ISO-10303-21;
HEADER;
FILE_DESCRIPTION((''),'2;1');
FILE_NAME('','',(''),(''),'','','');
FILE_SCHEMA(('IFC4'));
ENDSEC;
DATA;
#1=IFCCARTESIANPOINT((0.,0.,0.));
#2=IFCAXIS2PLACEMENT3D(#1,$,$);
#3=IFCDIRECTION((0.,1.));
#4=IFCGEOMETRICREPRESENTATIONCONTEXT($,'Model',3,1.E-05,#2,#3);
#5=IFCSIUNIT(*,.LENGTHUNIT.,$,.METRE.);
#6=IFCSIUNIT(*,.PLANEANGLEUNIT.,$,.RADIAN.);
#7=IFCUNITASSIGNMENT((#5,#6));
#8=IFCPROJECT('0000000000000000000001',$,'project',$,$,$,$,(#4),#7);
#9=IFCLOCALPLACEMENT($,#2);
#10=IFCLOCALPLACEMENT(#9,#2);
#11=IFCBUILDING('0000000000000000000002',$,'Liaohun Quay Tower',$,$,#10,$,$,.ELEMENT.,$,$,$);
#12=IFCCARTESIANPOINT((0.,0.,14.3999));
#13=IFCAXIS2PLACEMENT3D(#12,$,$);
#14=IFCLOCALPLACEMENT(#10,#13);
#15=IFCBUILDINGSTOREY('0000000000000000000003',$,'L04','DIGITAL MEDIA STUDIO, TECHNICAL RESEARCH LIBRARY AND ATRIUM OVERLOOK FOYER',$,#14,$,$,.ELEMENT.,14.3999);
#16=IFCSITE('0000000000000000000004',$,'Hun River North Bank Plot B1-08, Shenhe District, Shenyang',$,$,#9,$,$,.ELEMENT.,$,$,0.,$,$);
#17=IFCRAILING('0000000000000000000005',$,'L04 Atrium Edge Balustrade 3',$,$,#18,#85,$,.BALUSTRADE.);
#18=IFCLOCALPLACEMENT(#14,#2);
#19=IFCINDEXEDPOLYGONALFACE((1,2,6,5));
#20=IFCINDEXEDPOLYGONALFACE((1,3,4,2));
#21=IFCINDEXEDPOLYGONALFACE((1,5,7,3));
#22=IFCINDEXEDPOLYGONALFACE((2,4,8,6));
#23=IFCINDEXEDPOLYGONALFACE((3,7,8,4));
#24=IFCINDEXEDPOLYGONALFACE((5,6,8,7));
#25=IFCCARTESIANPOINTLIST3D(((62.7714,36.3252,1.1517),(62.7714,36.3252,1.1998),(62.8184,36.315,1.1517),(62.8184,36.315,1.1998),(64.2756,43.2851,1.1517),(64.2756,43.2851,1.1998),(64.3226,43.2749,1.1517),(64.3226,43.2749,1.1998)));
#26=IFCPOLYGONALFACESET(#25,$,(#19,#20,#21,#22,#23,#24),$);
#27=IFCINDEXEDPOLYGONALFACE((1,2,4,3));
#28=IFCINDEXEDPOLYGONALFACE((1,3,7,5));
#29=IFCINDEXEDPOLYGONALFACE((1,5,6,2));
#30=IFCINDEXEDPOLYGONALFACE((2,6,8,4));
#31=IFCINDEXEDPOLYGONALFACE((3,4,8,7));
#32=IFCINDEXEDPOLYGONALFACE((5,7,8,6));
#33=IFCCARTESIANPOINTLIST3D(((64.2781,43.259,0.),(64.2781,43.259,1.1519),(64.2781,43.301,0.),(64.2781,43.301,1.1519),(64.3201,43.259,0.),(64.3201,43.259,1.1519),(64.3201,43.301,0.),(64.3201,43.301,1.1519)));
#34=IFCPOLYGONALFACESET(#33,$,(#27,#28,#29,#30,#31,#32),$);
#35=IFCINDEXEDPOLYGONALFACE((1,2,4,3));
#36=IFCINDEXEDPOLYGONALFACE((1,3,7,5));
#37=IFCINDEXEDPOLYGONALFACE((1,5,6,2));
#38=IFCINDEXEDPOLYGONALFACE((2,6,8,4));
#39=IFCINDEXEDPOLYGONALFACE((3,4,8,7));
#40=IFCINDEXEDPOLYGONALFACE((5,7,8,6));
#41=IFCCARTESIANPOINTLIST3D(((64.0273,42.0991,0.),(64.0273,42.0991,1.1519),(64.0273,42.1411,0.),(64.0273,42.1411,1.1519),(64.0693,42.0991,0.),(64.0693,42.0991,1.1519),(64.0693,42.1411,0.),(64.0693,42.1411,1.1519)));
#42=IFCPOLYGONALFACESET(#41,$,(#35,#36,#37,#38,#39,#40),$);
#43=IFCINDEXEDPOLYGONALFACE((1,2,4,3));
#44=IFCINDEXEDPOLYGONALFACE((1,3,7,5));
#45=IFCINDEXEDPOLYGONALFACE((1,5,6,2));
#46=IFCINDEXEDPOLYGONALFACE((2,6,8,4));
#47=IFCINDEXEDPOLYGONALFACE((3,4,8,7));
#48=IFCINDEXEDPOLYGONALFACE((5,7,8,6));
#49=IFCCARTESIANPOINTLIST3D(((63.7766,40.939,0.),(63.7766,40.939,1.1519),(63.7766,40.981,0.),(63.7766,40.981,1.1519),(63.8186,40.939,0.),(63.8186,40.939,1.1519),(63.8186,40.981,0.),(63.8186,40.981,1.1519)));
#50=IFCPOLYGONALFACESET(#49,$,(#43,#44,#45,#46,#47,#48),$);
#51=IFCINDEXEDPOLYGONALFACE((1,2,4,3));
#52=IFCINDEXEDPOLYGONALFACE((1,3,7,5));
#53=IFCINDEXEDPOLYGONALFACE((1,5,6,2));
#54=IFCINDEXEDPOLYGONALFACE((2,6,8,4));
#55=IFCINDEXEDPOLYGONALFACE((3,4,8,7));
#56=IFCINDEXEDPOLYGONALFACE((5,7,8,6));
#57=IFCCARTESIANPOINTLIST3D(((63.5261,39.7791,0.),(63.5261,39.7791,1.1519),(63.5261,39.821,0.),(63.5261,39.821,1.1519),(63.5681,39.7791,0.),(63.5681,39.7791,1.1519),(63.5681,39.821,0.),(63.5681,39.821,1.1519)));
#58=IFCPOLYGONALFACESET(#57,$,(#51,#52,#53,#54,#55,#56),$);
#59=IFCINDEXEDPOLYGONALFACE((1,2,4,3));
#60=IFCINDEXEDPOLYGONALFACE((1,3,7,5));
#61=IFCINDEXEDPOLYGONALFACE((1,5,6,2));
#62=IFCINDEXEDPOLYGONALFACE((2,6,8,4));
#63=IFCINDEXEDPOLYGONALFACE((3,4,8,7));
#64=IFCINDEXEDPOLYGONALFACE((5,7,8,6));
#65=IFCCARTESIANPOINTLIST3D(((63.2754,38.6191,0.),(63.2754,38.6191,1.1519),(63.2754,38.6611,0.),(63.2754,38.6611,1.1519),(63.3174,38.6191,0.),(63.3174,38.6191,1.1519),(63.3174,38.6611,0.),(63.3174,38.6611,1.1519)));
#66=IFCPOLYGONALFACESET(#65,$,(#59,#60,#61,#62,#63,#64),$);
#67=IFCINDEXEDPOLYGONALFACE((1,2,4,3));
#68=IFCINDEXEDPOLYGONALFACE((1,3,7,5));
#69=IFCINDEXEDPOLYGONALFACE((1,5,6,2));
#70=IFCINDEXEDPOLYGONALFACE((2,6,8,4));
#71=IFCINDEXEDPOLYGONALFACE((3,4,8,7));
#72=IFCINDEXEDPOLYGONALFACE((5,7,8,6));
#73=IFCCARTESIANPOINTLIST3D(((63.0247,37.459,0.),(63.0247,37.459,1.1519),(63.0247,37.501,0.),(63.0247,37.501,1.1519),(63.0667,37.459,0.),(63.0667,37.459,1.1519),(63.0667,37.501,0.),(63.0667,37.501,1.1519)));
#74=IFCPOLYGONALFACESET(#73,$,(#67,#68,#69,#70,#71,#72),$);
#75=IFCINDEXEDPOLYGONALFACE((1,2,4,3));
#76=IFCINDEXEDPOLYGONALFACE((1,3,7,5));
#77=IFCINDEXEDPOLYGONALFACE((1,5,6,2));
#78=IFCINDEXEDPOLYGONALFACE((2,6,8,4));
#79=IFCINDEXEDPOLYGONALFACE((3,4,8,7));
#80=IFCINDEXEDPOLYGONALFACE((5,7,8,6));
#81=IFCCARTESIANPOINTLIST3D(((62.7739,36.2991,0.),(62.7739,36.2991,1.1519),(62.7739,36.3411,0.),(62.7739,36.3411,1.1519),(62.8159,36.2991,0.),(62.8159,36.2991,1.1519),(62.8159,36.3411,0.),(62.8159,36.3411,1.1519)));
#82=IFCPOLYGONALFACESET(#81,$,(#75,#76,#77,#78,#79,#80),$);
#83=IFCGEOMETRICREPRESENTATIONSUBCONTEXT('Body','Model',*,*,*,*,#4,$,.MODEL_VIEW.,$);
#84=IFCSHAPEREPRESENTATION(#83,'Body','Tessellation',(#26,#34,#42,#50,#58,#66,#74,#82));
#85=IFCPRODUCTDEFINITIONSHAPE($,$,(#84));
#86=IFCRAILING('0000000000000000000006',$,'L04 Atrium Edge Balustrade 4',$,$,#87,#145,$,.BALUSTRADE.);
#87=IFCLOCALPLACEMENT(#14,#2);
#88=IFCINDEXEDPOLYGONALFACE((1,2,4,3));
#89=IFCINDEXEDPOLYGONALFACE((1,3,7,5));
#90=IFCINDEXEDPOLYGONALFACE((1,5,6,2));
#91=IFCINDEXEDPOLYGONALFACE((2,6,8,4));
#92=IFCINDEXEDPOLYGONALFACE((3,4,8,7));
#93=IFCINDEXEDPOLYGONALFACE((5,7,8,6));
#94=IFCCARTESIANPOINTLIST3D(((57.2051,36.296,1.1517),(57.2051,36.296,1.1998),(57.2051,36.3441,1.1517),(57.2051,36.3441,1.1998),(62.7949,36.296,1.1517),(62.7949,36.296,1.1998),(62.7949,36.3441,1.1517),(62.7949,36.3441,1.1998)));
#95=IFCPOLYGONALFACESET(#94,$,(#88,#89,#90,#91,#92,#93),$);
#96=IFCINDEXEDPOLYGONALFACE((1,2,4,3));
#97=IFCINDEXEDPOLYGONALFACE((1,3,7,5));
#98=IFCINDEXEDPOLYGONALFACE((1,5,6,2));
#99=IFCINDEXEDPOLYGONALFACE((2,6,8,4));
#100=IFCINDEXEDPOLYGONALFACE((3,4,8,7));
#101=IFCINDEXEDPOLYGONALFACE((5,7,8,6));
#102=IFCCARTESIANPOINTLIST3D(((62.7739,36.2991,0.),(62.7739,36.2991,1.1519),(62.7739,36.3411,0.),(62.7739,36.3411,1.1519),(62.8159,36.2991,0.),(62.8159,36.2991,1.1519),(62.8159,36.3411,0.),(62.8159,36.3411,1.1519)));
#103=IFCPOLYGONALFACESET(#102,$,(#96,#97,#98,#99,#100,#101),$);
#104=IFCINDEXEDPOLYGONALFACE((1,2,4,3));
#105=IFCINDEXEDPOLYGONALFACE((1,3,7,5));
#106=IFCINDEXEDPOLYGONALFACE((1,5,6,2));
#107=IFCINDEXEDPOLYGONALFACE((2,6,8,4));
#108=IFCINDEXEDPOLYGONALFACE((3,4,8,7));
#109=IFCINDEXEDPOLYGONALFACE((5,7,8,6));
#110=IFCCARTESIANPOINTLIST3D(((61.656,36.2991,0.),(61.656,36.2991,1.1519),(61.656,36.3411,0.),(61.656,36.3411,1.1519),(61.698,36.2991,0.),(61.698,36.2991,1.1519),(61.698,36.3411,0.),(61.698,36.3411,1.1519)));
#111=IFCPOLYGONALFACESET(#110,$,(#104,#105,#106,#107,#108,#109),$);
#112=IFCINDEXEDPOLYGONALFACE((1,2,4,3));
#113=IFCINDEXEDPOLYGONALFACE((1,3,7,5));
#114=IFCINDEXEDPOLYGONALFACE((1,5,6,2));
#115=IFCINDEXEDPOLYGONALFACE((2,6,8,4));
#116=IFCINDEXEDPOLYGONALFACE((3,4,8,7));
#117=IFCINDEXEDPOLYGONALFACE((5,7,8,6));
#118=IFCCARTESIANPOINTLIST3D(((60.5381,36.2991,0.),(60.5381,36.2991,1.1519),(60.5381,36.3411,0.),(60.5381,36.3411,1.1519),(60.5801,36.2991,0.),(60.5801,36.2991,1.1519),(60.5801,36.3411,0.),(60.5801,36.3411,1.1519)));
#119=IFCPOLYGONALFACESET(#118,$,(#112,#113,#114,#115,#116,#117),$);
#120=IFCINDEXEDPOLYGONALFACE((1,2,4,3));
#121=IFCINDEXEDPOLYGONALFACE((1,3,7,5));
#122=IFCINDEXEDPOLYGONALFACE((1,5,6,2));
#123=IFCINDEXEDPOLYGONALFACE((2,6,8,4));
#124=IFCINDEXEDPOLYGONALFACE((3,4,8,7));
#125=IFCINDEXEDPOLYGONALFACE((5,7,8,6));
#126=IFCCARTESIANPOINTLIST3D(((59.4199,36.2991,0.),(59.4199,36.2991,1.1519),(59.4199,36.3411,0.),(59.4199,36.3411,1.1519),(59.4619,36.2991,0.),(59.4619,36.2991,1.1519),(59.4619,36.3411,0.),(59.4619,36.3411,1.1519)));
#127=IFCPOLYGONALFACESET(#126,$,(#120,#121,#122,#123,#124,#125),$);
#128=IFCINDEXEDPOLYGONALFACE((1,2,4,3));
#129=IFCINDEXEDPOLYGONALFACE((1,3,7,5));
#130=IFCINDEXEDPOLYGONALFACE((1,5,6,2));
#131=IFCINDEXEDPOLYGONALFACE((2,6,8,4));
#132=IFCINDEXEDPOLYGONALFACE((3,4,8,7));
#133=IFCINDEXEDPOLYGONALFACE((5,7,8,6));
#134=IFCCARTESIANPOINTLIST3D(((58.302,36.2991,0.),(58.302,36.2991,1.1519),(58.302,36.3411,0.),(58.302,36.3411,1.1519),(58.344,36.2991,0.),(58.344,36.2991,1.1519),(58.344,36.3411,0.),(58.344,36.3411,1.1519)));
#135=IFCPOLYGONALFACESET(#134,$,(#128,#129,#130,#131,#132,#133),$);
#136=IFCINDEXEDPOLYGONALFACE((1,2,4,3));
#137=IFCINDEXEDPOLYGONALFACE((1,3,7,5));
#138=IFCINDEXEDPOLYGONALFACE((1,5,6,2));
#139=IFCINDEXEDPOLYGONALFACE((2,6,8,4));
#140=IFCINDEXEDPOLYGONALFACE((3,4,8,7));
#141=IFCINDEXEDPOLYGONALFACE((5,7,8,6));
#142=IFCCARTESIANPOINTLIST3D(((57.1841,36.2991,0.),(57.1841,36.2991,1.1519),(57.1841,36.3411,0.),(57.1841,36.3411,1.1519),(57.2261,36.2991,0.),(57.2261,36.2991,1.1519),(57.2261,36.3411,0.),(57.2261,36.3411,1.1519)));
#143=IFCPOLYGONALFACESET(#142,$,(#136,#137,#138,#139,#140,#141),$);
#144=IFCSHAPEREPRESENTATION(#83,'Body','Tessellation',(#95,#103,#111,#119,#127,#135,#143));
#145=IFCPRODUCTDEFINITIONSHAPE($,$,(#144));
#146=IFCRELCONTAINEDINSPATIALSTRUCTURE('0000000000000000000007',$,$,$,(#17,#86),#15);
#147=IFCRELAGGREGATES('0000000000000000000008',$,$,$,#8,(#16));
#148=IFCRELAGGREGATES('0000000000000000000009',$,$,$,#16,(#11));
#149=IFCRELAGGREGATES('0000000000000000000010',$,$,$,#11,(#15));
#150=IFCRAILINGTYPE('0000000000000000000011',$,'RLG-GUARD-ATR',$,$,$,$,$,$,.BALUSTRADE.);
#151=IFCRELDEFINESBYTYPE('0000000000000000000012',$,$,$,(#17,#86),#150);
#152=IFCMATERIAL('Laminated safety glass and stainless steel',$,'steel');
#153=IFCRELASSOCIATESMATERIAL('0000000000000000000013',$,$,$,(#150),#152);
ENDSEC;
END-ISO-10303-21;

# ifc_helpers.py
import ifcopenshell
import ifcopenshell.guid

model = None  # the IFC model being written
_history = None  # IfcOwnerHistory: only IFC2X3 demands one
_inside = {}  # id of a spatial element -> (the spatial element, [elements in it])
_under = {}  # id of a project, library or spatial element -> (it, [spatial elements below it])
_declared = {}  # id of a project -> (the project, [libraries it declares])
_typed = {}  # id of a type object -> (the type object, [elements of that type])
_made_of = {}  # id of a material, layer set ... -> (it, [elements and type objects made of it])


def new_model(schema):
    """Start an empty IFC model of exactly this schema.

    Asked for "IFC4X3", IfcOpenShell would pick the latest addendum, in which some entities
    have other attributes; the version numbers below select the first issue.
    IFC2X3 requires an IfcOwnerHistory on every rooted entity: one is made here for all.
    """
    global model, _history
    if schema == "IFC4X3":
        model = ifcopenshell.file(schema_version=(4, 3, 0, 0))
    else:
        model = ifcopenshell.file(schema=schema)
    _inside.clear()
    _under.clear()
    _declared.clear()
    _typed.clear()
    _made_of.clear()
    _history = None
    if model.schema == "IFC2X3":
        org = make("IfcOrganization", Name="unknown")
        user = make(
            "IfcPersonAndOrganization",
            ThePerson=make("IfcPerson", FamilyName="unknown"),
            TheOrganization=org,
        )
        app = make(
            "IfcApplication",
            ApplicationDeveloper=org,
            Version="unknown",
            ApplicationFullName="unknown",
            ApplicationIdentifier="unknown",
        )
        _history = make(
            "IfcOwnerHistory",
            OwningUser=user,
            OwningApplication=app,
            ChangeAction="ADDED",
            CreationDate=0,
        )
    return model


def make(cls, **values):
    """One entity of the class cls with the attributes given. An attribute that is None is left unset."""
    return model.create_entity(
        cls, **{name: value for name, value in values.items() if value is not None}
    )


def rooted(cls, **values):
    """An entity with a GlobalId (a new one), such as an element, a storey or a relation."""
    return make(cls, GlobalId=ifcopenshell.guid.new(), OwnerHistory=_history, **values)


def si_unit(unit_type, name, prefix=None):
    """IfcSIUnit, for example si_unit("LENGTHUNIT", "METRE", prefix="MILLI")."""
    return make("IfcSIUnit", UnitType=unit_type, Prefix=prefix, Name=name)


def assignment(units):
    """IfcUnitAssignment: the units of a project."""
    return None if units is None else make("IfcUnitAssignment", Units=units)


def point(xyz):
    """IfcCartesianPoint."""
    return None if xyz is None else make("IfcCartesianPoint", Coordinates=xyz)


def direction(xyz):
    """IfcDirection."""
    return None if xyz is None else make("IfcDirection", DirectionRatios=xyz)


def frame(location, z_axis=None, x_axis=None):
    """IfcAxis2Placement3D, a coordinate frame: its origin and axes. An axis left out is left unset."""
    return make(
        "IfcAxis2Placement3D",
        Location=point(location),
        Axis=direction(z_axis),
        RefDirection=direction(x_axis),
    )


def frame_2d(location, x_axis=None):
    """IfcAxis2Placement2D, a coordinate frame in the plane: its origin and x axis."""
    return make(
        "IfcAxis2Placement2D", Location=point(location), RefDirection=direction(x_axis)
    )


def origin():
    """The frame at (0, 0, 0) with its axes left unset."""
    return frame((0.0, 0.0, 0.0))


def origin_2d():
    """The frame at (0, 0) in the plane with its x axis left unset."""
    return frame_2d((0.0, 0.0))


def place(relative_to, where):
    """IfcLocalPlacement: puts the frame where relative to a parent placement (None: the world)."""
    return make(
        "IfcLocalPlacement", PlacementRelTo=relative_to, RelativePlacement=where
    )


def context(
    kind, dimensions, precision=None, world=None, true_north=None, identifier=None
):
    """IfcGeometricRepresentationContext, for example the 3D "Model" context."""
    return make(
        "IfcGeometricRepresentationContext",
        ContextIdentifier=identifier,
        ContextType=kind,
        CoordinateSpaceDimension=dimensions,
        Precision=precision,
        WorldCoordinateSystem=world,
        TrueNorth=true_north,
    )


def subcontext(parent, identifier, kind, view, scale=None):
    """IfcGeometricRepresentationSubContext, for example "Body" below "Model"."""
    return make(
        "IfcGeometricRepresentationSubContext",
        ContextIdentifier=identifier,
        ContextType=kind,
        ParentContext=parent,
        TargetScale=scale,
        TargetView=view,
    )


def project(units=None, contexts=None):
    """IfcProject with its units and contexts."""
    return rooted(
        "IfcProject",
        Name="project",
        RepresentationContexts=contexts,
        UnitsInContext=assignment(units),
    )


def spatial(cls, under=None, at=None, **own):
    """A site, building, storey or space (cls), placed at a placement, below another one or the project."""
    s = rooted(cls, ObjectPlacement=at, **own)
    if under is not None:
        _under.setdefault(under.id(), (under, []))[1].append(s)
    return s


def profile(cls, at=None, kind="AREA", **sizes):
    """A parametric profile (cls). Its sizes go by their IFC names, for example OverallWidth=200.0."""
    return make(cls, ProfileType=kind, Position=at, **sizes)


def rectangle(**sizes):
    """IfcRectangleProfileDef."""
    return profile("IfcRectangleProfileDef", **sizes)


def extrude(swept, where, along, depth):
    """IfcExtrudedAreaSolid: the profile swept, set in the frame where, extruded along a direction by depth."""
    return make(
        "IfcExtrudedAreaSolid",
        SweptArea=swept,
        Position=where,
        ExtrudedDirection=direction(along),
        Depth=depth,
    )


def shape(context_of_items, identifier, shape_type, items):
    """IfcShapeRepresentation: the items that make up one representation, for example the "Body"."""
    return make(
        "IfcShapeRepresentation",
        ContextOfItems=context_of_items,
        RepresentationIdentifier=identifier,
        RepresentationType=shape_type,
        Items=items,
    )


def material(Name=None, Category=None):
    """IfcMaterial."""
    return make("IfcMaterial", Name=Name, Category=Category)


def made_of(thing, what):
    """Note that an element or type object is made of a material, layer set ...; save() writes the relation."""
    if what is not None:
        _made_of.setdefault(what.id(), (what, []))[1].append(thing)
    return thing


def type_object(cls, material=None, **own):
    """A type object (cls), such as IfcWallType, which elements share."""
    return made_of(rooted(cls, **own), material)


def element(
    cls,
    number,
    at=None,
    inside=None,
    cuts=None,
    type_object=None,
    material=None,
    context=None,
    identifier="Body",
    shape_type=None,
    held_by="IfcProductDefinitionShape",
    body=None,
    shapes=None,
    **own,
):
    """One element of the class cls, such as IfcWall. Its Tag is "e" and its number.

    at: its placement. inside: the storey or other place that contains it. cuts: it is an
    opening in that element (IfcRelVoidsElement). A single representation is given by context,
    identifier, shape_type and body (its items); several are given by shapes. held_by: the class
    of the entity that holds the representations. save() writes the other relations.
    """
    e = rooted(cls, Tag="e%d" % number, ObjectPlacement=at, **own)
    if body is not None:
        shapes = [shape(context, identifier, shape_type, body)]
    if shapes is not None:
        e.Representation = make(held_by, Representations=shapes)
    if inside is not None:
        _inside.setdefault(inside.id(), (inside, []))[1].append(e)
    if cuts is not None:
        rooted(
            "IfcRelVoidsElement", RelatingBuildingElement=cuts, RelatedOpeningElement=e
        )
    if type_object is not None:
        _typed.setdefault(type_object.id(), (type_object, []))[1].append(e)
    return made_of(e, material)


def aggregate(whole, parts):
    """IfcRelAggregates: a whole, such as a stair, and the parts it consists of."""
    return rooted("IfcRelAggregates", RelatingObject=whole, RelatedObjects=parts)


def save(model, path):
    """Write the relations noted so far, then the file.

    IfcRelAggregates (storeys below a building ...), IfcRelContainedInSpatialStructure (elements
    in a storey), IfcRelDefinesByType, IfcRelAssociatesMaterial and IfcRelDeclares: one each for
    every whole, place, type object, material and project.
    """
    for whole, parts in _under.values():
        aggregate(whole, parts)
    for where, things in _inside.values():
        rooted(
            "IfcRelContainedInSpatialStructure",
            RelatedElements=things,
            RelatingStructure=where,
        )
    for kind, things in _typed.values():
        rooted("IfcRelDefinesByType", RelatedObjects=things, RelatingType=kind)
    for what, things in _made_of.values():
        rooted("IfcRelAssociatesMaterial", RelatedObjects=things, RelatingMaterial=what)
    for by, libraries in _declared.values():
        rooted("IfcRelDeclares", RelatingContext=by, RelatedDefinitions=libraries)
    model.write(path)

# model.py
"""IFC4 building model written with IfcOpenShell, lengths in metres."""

from ifc_helpers import new_model, si_unit, direction, frame, origin, origin_2d, place, context, subcontext, project, spatial, rectangle, extrude, material, type_object, element, save


model = new_model("IFC4")

# Units and contexts
model_context = context("Model", 3, precision=1e-05, world=origin(), true_north=direction((0.0, 1.0)))
body_context = subcontext(model_context, "Body", "Model", "MODEL_VIEW")
ifc_project = project(units=[si_unit("LENGTHUNIT", "METRE"), si_unit("PLANEANGLEUNIT", "RADIAN")], contexts=[model_context])

# Site, building, storey
site_placement = place(None, origin())
site = spatial("IfcSite", under=ifc_project, at=site_placement, Name="Hun River North Bank Plot B1-08, Shenhe District, Shenyang", CompositionType="ELEMENT", RefElevation=0.0)
building_placement = place(site_placement, origin())
building = spatial("IfcBuilding", under=site, at=building_placement, Name="Liaohun Quay Tower", CompositionType="ELEMENT")
storey_placement = place(building_placement, frame((0.0, 0.0, 14.3999)))
storey = spatial("IfcBuildingStorey", under=building, at=storey_placement, Name="L04", Description="DIGITAL MEDIA STUDIO, TECHNICAL RESEARCH LIBRARY AND ATRIUM OVERLOOK FOYER", CompositionType="ELEMENT", Elevation=14.3999)

# Railings
ifc_material_1 = material(Name="Laminated safety glass and stainless steel", Category="steel")
railing_type = type_object("IfcRailingType", Name="RLG-GUARD-ATR", PredefinedType="BALUSTRADE", material=ifc_material_1)
railing_1_placement = place(storey_placement, frame((64.2991, 43.28, 0.0)))
element("IfcRailing", 1, at=railing_1_placement, inside=storey, type_object=railing_type, Name="L04 Atrium Edge Balustrade 3", PredefinedType="BALUSTRADE", context=body_context, shape_type="SweptSolid", body=[
    extrude(rectangle(XDim=0.0481, YDim=0.0481, at=origin_2d()), frame((0.0, 0.0, 1.1758), z_axis=(-0.211238, -0.977435, 0.0), x_axis=(0.977435, -0.211238, 0.0)), (0.0, 0.0, 1.0), 7.1206),
    extrude(rectangle(XDim=0.042, YDim=0.042, at=origin_2d()), origin(), (0.0, 0.0, 1.0), 1.1519),
    extrude(rectangle(XDim=0.042, YDim=0.042, at=origin_2d()), frame((-0.2507, -1.1599, 0.0)), (0.0, 0.0, 1.0), 1.1519),
    extrude(rectangle(XDim=0.042, YDim=0.042, at=origin_2d()), frame((-0.5015, -2.3201, 0.0)), (0.0, 0.0, 1.0), 1.1519),
    extrude(rectangle(XDim=0.042, YDim=0.042, at=origin_2d()), frame((-0.752, -3.48, 0.0)), (0.0, 0.0, 1.0), 1.1519),
    extrude(rectangle(XDim=0.042, YDim=0.042, at=origin_2d()), frame((-1.0027, -4.6399, 0.0)), (0.0, 0.0, 1.0), 1.1519),
    extrude(rectangle(XDim=0.042, YDim=0.042, at=origin_2d()), frame((-1.2534, -5.8, 0.0)), (0.0, 0.0, 1.0), 1.1519),
    extrude(rectangle(XDim=0.042, YDim=0.042, at=origin_2d()), frame((-1.5042, -6.96, 0.0)), (0.0, 0.0, 1.0), 1.1519),
])
railing_2_placement = place(storey_placement, frame((62.7949, 36.3201, 0.0)))
element("IfcRailing", 2, at=railing_2_placement, inside=storey, type_object=railing_type, Name="L04 Atrium Edge Balustrade 4", PredefinedType="BALUSTRADE", context=body_context, shape_type="SweptSolid", body=[
    extrude(rectangle(XDim=0.0481, YDim=0.0481, at=origin_2d()), frame((0.0, 0.0, 1.1758), z_axis=(-1.0, 0.0, 0.0), x_axis=(0.0, -1.0, 0.0)), (0.0, 0.0, 1.0), 5.5898),
    extrude(rectangle(XDim=0.042, YDim=0.042, at=origin_2d()), origin(), (0.0, 0.0, 1.0), 1.1519),
    extrude(rectangle(XDim=0.042, YDim=0.042, at=origin_2d()), frame((-1.1179, 0.0, 0.0)), (0.0, 0.0, 1.0), 1.1519),
    extrude(rectangle(XDim=0.042, YDim=0.042, at=origin_2d()), frame((-2.2358, 0.0, 0.0)), (0.0, 0.0, 1.0), 1.1519),
    extrude(rectangle(XDim=0.042, YDim=0.042, at=origin_2d()), frame((-3.354, 0.0, 0.0)), (0.0, 0.0, 1.0), 1.1519),
    extrude(rectangle(XDim=0.042, YDim=0.042, at=origin_2d()), frame((-4.4719, 0.0, 0.0)), (0.0, 0.0, 1.0), 1.1519),
    extrude(rectangle(XDim=0.042, YDim=0.042, at=origin_2d()), frame((-5.5898, 0.0, 0.0)), (0.0, 0.0, 1.0), 1.1519),
])

save(model, "model.ifc")
